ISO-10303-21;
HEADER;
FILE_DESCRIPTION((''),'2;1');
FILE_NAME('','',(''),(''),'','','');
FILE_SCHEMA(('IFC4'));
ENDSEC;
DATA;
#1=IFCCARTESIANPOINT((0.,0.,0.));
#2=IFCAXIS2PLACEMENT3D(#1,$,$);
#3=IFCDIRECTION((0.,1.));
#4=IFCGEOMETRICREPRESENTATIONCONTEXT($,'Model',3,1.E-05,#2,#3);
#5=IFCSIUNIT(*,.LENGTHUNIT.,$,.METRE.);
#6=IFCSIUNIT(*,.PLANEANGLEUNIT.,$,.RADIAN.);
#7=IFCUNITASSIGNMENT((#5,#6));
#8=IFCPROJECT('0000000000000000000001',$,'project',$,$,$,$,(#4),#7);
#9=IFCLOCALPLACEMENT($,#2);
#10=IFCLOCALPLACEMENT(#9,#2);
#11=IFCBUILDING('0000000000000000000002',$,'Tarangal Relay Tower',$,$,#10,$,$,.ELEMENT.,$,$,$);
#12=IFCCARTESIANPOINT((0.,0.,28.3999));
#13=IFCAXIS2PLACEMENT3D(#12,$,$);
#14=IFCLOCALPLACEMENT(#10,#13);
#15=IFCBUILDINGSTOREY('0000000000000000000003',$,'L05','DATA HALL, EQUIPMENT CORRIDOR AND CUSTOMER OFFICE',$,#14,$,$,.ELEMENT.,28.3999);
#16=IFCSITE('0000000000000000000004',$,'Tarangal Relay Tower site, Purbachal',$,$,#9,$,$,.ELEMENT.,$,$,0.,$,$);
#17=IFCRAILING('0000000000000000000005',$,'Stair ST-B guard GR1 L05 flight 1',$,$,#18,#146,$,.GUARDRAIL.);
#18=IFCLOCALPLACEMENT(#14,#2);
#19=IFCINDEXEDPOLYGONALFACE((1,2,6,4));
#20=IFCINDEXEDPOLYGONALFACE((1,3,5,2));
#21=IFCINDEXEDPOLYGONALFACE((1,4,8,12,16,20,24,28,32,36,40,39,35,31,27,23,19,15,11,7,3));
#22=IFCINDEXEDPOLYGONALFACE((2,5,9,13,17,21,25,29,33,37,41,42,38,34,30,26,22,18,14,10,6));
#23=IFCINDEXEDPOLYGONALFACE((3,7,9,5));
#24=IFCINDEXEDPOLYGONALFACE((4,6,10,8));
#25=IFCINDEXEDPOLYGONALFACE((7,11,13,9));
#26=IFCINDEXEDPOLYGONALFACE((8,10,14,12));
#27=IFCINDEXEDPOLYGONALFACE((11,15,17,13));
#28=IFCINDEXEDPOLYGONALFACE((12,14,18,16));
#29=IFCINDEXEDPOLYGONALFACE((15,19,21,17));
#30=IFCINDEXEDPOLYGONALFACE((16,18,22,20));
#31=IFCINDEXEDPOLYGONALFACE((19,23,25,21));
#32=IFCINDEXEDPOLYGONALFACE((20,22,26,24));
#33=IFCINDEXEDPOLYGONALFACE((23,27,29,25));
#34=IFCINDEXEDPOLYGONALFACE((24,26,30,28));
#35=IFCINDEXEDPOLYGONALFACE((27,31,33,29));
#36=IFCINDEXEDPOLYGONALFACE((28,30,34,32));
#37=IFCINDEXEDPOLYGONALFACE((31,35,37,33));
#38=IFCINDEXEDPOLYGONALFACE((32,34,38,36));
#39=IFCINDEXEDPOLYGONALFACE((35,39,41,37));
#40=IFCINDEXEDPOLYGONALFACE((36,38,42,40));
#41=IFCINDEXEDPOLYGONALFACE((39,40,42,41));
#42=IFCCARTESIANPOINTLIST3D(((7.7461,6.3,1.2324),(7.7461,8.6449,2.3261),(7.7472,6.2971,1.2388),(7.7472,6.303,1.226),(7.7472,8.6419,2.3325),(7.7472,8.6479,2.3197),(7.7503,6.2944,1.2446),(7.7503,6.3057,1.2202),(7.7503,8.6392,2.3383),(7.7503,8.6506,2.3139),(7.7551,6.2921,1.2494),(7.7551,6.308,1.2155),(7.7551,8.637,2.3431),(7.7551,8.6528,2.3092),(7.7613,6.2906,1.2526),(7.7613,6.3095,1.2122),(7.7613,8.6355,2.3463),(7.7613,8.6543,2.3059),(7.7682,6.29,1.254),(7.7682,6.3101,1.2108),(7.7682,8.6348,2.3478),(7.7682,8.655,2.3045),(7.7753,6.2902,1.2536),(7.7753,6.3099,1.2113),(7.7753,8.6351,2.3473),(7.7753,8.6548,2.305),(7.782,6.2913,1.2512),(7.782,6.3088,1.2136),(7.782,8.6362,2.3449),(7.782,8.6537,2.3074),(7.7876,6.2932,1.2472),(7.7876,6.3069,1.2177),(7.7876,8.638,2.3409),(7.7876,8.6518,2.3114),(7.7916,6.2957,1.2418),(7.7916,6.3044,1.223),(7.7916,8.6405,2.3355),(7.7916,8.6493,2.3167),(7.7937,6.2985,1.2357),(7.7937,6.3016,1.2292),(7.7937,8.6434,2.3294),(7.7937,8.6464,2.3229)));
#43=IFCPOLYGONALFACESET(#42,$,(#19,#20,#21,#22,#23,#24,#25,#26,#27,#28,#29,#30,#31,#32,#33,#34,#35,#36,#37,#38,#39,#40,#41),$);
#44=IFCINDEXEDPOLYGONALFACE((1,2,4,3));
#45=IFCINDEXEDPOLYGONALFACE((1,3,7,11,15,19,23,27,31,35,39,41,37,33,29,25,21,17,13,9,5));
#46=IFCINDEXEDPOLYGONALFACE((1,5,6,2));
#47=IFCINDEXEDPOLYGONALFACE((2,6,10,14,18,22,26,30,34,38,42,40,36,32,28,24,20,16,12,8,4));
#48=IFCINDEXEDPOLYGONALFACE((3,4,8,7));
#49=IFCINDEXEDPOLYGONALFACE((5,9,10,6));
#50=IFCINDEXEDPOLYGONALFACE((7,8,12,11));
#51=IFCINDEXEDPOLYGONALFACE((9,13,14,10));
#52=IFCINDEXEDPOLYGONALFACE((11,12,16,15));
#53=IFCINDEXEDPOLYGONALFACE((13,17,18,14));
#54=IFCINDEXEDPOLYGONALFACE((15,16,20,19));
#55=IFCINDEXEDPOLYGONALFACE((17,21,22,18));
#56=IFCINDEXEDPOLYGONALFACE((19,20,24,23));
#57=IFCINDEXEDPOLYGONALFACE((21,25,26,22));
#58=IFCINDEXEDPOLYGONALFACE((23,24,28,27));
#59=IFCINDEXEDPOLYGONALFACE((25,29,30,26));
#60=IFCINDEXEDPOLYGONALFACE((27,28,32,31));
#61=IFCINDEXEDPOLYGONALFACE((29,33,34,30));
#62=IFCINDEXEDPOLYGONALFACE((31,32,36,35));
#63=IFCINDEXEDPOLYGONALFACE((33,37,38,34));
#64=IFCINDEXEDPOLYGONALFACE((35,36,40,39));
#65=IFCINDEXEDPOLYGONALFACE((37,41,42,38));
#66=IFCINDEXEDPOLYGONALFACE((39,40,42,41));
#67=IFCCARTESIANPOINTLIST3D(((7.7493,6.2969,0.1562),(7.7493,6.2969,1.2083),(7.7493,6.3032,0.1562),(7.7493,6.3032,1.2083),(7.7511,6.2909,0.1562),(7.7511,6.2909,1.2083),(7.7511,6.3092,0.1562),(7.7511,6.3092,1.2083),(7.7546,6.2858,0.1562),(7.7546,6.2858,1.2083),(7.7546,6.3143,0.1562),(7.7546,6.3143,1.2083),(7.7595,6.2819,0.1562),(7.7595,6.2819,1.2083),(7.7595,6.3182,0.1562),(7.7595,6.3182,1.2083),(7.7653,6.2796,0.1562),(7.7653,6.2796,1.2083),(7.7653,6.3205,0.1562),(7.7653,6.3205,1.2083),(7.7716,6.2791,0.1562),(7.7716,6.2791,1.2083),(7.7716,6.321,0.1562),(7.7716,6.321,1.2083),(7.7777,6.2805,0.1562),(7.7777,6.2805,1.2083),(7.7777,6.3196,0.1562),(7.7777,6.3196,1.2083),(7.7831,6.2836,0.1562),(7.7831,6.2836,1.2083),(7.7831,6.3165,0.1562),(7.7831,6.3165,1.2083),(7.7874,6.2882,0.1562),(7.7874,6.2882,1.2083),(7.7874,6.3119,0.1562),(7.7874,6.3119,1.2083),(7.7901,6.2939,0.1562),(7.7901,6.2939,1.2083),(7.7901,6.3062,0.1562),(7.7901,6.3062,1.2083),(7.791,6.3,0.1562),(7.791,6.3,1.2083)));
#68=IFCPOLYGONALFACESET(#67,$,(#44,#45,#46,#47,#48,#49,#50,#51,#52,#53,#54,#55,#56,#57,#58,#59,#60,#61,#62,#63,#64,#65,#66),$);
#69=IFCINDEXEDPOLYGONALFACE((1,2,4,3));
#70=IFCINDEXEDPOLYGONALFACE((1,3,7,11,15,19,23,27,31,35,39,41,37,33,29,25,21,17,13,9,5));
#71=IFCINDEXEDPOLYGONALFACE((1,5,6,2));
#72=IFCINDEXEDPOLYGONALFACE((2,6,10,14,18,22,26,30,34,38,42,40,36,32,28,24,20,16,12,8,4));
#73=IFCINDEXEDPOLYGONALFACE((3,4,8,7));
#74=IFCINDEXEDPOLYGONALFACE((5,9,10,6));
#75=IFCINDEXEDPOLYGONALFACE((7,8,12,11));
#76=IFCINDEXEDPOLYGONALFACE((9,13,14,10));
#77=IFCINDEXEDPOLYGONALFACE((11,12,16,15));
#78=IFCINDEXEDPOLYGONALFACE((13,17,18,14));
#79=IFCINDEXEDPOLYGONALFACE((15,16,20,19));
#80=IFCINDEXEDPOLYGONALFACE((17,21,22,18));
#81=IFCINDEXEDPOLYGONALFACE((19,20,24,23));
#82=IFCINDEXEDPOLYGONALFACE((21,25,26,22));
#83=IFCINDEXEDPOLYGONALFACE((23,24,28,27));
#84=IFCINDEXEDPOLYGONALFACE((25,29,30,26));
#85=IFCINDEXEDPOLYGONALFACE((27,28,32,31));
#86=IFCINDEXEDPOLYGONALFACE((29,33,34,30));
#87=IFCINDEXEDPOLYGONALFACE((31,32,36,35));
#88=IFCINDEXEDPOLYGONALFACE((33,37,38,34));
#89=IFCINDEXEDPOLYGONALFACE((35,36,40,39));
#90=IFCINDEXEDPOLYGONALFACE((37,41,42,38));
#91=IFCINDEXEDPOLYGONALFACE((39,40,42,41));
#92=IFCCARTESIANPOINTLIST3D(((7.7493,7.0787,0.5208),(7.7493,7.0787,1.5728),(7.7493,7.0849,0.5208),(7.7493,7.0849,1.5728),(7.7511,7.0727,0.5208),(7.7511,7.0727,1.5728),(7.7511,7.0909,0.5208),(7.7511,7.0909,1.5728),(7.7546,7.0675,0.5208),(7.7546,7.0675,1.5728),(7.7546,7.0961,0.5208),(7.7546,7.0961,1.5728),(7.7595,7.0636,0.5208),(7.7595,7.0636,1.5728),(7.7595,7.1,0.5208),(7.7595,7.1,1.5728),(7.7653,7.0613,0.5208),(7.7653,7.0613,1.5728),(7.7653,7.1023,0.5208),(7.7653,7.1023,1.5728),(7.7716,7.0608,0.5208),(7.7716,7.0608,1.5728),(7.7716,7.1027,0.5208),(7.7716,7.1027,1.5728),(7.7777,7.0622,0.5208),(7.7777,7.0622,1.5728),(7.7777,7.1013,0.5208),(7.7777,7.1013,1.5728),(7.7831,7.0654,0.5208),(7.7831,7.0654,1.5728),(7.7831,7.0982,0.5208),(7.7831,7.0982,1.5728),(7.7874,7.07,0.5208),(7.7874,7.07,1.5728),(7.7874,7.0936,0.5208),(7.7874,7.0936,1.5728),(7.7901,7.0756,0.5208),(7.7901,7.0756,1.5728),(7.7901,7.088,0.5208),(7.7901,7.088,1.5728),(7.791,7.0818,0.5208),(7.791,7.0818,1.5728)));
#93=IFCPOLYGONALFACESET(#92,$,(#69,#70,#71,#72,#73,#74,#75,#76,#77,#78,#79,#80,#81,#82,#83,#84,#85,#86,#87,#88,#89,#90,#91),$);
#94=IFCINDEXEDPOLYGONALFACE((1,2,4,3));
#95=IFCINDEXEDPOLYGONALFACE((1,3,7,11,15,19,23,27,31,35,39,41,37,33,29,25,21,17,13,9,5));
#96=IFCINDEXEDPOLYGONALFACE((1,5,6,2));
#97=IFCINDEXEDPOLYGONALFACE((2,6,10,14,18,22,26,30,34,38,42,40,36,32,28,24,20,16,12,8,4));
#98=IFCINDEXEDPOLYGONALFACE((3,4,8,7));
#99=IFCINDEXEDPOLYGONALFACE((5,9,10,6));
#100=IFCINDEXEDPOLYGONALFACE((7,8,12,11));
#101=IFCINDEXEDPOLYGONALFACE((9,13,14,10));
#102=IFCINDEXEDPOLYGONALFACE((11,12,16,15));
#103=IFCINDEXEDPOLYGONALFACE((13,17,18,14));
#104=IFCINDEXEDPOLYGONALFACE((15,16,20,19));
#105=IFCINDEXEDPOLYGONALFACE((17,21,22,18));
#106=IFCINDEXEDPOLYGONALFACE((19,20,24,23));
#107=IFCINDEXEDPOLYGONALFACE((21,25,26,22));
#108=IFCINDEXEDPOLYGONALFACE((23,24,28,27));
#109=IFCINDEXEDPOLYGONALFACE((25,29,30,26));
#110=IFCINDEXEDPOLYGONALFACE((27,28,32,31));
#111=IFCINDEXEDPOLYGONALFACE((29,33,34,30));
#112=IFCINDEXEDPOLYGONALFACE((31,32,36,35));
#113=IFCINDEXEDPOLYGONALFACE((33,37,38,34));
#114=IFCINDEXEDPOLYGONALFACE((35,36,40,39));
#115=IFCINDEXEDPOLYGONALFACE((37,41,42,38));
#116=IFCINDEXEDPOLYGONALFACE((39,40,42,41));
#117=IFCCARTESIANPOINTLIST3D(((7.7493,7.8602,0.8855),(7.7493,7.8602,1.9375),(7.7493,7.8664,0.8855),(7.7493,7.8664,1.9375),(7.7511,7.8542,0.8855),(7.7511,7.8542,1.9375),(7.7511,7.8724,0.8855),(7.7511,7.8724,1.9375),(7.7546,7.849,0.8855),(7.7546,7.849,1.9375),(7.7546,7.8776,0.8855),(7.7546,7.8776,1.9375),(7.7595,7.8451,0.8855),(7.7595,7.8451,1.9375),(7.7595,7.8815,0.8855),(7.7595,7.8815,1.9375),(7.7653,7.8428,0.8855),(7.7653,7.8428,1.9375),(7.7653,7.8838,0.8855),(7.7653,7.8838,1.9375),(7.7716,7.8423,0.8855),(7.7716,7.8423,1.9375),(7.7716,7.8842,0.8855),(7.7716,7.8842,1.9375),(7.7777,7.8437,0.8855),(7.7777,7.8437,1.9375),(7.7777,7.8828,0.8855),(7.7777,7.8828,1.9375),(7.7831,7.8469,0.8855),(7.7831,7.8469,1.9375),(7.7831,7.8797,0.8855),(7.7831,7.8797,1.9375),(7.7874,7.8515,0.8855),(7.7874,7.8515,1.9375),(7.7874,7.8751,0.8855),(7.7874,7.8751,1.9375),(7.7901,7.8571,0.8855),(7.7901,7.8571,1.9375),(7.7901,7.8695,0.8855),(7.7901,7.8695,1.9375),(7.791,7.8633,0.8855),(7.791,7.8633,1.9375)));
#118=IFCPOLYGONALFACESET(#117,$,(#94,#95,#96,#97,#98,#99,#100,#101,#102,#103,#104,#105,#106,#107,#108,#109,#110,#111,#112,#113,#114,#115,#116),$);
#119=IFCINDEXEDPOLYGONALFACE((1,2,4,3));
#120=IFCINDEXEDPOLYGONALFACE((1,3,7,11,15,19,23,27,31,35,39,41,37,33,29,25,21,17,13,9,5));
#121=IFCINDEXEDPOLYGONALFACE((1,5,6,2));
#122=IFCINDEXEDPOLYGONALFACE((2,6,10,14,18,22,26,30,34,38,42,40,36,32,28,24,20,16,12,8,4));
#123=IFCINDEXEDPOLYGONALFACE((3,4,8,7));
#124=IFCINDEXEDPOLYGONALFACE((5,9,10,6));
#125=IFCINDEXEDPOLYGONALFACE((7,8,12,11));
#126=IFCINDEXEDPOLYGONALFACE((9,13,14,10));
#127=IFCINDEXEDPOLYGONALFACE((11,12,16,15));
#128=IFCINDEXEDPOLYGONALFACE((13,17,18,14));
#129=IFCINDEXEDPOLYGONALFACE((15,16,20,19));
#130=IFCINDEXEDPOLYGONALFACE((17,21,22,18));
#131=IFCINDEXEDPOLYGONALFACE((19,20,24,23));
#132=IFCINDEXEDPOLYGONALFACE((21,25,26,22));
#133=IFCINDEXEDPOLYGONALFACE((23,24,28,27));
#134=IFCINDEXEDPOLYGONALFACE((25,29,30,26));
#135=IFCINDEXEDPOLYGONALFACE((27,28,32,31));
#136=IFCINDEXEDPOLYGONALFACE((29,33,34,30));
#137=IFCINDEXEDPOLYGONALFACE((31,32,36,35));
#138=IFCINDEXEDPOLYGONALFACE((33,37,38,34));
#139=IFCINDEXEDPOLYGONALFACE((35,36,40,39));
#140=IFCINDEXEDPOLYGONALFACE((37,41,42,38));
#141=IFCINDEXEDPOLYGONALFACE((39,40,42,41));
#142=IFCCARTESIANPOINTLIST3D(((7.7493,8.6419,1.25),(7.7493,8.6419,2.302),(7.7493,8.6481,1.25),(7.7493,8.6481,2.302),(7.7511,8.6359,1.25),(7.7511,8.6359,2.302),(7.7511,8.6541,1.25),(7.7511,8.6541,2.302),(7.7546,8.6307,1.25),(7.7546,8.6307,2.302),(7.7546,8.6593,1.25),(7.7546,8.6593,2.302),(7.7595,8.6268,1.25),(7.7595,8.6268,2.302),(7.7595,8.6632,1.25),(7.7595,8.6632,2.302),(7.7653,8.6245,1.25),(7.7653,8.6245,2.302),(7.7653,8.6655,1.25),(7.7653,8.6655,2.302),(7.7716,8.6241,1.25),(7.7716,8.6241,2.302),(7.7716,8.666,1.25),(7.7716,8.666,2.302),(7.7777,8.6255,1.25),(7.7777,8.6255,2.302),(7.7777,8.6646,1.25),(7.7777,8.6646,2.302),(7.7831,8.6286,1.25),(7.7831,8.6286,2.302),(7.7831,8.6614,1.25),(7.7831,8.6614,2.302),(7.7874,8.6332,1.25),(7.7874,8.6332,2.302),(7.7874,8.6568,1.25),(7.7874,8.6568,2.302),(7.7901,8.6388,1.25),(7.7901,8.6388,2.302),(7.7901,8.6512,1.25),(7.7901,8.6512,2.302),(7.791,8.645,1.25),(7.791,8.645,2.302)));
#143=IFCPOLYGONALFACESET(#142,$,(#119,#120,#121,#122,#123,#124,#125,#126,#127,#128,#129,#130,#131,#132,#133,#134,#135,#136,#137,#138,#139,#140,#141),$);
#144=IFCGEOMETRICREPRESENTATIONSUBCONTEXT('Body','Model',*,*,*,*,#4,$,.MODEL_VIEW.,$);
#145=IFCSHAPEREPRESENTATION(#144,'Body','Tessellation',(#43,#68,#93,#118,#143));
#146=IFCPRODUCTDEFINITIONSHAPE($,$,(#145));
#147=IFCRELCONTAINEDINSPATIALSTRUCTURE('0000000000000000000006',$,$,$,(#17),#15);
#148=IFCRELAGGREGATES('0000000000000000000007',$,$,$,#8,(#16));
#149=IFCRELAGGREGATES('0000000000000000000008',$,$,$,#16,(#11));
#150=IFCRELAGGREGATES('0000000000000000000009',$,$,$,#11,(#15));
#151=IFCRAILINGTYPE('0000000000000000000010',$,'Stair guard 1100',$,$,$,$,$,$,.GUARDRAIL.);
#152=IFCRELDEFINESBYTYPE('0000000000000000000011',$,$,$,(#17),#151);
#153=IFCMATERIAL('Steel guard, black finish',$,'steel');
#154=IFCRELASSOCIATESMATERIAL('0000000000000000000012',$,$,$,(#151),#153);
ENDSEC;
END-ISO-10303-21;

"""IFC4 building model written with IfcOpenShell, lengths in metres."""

from ifc_helpers import new_model, si_unit, direction, frame, origin, origin_2d, place, context, subcontext, project, spatial, circle, extrude, material, type_object, element, save


model = new_model("IFC4")

# Units and contexts
model_context = context("Model", 3, precision=1e-05, world=origin(), true_north=direction((0.0, 1.0)))
body_context = subcontext(model_context, "Body", "Model", "MODEL_VIEW")
ifc_project = project(units=[si_unit("LENGTHUNIT", "METRE"), si_unit("PLANEANGLEUNIT", "RADIAN")], contexts=[model_context])

# Site, building, storey
site_placement = place(None, origin())
site = spatial("IfcSite", under=ifc_project, at=site_placement, Name="Tarangal Relay Tower site, Purbachal", CompositionType="ELEMENT", RefElevation=0.0)
building_placement = place(site_placement, origin())
building = spatial("IfcBuilding", under=site, at=building_placement, Name="Tarangal Relay Tower", CompositionType="ELEMENT")
storey_placement = place(building_placement, frame((0.0, 0.0, 28.3999)))
storey = spatial("IfcBuildingStorey", under=building, at=storey_placement, Name="L05", Description="DATA HALL, EQUIPMENT CORRIDOR AND CUSTOMER OFFICE", CompositionType="ELEMENT", Elevation=28.3999)

# Railing
ifc_material_1 = material(Name="Steel guard, black finish", Category="steel")
railing_type_1 = type_object("IfcRailingType", Name="Stair guard 1100", PredefinedType="GUARDRAIL", material=ifc_material_1)
railing_1_placement = place(storey_placement, frame((7.77, 6.3, 0.1562)))
element("IfcRailing", 1, at=railing_1_placement, inside=storey, type_object=railing_type_1, Name="Stair ST-B guard GR1 L05 flight 1", PredefinedType="GUARDRAIL", context=body_context, shape_type="SweptSolid", body=[
    extrude(circle(Radius=0.0239, at=origin_2d()), frame((0.0, 0.0, 1.0762), z_axis=(0.0, 0.906267, 0.422705), x_axis=(-1.0, 0.0, 0.0)), (0.0, 0.0, 1.0), 2.5874),
    extrude(circle(Radius=0.021, at=origin_2d()), origin(), (0.0, 0.0, 1.0), 1.052),
    extrude(circle(Radius=0.021, at=origin_2d()), frame((0.0, 0.7817, 0.3645)), (0.0, 0.0, 1.0), 1.052),
    extrude(circle(Radius=0.021, at=origin_2d()), frame((0.0, 1.5632, 0.7292)), (0.0, 0.0, 1.0), 1.052),
    extrude(circle(Radius=0.021, at=origin_2d()), frame((0.0, 2.345, 1.0938)), (0.0, 0.0, 1.0), 1.052),
])

save(model, "model.ifc")
